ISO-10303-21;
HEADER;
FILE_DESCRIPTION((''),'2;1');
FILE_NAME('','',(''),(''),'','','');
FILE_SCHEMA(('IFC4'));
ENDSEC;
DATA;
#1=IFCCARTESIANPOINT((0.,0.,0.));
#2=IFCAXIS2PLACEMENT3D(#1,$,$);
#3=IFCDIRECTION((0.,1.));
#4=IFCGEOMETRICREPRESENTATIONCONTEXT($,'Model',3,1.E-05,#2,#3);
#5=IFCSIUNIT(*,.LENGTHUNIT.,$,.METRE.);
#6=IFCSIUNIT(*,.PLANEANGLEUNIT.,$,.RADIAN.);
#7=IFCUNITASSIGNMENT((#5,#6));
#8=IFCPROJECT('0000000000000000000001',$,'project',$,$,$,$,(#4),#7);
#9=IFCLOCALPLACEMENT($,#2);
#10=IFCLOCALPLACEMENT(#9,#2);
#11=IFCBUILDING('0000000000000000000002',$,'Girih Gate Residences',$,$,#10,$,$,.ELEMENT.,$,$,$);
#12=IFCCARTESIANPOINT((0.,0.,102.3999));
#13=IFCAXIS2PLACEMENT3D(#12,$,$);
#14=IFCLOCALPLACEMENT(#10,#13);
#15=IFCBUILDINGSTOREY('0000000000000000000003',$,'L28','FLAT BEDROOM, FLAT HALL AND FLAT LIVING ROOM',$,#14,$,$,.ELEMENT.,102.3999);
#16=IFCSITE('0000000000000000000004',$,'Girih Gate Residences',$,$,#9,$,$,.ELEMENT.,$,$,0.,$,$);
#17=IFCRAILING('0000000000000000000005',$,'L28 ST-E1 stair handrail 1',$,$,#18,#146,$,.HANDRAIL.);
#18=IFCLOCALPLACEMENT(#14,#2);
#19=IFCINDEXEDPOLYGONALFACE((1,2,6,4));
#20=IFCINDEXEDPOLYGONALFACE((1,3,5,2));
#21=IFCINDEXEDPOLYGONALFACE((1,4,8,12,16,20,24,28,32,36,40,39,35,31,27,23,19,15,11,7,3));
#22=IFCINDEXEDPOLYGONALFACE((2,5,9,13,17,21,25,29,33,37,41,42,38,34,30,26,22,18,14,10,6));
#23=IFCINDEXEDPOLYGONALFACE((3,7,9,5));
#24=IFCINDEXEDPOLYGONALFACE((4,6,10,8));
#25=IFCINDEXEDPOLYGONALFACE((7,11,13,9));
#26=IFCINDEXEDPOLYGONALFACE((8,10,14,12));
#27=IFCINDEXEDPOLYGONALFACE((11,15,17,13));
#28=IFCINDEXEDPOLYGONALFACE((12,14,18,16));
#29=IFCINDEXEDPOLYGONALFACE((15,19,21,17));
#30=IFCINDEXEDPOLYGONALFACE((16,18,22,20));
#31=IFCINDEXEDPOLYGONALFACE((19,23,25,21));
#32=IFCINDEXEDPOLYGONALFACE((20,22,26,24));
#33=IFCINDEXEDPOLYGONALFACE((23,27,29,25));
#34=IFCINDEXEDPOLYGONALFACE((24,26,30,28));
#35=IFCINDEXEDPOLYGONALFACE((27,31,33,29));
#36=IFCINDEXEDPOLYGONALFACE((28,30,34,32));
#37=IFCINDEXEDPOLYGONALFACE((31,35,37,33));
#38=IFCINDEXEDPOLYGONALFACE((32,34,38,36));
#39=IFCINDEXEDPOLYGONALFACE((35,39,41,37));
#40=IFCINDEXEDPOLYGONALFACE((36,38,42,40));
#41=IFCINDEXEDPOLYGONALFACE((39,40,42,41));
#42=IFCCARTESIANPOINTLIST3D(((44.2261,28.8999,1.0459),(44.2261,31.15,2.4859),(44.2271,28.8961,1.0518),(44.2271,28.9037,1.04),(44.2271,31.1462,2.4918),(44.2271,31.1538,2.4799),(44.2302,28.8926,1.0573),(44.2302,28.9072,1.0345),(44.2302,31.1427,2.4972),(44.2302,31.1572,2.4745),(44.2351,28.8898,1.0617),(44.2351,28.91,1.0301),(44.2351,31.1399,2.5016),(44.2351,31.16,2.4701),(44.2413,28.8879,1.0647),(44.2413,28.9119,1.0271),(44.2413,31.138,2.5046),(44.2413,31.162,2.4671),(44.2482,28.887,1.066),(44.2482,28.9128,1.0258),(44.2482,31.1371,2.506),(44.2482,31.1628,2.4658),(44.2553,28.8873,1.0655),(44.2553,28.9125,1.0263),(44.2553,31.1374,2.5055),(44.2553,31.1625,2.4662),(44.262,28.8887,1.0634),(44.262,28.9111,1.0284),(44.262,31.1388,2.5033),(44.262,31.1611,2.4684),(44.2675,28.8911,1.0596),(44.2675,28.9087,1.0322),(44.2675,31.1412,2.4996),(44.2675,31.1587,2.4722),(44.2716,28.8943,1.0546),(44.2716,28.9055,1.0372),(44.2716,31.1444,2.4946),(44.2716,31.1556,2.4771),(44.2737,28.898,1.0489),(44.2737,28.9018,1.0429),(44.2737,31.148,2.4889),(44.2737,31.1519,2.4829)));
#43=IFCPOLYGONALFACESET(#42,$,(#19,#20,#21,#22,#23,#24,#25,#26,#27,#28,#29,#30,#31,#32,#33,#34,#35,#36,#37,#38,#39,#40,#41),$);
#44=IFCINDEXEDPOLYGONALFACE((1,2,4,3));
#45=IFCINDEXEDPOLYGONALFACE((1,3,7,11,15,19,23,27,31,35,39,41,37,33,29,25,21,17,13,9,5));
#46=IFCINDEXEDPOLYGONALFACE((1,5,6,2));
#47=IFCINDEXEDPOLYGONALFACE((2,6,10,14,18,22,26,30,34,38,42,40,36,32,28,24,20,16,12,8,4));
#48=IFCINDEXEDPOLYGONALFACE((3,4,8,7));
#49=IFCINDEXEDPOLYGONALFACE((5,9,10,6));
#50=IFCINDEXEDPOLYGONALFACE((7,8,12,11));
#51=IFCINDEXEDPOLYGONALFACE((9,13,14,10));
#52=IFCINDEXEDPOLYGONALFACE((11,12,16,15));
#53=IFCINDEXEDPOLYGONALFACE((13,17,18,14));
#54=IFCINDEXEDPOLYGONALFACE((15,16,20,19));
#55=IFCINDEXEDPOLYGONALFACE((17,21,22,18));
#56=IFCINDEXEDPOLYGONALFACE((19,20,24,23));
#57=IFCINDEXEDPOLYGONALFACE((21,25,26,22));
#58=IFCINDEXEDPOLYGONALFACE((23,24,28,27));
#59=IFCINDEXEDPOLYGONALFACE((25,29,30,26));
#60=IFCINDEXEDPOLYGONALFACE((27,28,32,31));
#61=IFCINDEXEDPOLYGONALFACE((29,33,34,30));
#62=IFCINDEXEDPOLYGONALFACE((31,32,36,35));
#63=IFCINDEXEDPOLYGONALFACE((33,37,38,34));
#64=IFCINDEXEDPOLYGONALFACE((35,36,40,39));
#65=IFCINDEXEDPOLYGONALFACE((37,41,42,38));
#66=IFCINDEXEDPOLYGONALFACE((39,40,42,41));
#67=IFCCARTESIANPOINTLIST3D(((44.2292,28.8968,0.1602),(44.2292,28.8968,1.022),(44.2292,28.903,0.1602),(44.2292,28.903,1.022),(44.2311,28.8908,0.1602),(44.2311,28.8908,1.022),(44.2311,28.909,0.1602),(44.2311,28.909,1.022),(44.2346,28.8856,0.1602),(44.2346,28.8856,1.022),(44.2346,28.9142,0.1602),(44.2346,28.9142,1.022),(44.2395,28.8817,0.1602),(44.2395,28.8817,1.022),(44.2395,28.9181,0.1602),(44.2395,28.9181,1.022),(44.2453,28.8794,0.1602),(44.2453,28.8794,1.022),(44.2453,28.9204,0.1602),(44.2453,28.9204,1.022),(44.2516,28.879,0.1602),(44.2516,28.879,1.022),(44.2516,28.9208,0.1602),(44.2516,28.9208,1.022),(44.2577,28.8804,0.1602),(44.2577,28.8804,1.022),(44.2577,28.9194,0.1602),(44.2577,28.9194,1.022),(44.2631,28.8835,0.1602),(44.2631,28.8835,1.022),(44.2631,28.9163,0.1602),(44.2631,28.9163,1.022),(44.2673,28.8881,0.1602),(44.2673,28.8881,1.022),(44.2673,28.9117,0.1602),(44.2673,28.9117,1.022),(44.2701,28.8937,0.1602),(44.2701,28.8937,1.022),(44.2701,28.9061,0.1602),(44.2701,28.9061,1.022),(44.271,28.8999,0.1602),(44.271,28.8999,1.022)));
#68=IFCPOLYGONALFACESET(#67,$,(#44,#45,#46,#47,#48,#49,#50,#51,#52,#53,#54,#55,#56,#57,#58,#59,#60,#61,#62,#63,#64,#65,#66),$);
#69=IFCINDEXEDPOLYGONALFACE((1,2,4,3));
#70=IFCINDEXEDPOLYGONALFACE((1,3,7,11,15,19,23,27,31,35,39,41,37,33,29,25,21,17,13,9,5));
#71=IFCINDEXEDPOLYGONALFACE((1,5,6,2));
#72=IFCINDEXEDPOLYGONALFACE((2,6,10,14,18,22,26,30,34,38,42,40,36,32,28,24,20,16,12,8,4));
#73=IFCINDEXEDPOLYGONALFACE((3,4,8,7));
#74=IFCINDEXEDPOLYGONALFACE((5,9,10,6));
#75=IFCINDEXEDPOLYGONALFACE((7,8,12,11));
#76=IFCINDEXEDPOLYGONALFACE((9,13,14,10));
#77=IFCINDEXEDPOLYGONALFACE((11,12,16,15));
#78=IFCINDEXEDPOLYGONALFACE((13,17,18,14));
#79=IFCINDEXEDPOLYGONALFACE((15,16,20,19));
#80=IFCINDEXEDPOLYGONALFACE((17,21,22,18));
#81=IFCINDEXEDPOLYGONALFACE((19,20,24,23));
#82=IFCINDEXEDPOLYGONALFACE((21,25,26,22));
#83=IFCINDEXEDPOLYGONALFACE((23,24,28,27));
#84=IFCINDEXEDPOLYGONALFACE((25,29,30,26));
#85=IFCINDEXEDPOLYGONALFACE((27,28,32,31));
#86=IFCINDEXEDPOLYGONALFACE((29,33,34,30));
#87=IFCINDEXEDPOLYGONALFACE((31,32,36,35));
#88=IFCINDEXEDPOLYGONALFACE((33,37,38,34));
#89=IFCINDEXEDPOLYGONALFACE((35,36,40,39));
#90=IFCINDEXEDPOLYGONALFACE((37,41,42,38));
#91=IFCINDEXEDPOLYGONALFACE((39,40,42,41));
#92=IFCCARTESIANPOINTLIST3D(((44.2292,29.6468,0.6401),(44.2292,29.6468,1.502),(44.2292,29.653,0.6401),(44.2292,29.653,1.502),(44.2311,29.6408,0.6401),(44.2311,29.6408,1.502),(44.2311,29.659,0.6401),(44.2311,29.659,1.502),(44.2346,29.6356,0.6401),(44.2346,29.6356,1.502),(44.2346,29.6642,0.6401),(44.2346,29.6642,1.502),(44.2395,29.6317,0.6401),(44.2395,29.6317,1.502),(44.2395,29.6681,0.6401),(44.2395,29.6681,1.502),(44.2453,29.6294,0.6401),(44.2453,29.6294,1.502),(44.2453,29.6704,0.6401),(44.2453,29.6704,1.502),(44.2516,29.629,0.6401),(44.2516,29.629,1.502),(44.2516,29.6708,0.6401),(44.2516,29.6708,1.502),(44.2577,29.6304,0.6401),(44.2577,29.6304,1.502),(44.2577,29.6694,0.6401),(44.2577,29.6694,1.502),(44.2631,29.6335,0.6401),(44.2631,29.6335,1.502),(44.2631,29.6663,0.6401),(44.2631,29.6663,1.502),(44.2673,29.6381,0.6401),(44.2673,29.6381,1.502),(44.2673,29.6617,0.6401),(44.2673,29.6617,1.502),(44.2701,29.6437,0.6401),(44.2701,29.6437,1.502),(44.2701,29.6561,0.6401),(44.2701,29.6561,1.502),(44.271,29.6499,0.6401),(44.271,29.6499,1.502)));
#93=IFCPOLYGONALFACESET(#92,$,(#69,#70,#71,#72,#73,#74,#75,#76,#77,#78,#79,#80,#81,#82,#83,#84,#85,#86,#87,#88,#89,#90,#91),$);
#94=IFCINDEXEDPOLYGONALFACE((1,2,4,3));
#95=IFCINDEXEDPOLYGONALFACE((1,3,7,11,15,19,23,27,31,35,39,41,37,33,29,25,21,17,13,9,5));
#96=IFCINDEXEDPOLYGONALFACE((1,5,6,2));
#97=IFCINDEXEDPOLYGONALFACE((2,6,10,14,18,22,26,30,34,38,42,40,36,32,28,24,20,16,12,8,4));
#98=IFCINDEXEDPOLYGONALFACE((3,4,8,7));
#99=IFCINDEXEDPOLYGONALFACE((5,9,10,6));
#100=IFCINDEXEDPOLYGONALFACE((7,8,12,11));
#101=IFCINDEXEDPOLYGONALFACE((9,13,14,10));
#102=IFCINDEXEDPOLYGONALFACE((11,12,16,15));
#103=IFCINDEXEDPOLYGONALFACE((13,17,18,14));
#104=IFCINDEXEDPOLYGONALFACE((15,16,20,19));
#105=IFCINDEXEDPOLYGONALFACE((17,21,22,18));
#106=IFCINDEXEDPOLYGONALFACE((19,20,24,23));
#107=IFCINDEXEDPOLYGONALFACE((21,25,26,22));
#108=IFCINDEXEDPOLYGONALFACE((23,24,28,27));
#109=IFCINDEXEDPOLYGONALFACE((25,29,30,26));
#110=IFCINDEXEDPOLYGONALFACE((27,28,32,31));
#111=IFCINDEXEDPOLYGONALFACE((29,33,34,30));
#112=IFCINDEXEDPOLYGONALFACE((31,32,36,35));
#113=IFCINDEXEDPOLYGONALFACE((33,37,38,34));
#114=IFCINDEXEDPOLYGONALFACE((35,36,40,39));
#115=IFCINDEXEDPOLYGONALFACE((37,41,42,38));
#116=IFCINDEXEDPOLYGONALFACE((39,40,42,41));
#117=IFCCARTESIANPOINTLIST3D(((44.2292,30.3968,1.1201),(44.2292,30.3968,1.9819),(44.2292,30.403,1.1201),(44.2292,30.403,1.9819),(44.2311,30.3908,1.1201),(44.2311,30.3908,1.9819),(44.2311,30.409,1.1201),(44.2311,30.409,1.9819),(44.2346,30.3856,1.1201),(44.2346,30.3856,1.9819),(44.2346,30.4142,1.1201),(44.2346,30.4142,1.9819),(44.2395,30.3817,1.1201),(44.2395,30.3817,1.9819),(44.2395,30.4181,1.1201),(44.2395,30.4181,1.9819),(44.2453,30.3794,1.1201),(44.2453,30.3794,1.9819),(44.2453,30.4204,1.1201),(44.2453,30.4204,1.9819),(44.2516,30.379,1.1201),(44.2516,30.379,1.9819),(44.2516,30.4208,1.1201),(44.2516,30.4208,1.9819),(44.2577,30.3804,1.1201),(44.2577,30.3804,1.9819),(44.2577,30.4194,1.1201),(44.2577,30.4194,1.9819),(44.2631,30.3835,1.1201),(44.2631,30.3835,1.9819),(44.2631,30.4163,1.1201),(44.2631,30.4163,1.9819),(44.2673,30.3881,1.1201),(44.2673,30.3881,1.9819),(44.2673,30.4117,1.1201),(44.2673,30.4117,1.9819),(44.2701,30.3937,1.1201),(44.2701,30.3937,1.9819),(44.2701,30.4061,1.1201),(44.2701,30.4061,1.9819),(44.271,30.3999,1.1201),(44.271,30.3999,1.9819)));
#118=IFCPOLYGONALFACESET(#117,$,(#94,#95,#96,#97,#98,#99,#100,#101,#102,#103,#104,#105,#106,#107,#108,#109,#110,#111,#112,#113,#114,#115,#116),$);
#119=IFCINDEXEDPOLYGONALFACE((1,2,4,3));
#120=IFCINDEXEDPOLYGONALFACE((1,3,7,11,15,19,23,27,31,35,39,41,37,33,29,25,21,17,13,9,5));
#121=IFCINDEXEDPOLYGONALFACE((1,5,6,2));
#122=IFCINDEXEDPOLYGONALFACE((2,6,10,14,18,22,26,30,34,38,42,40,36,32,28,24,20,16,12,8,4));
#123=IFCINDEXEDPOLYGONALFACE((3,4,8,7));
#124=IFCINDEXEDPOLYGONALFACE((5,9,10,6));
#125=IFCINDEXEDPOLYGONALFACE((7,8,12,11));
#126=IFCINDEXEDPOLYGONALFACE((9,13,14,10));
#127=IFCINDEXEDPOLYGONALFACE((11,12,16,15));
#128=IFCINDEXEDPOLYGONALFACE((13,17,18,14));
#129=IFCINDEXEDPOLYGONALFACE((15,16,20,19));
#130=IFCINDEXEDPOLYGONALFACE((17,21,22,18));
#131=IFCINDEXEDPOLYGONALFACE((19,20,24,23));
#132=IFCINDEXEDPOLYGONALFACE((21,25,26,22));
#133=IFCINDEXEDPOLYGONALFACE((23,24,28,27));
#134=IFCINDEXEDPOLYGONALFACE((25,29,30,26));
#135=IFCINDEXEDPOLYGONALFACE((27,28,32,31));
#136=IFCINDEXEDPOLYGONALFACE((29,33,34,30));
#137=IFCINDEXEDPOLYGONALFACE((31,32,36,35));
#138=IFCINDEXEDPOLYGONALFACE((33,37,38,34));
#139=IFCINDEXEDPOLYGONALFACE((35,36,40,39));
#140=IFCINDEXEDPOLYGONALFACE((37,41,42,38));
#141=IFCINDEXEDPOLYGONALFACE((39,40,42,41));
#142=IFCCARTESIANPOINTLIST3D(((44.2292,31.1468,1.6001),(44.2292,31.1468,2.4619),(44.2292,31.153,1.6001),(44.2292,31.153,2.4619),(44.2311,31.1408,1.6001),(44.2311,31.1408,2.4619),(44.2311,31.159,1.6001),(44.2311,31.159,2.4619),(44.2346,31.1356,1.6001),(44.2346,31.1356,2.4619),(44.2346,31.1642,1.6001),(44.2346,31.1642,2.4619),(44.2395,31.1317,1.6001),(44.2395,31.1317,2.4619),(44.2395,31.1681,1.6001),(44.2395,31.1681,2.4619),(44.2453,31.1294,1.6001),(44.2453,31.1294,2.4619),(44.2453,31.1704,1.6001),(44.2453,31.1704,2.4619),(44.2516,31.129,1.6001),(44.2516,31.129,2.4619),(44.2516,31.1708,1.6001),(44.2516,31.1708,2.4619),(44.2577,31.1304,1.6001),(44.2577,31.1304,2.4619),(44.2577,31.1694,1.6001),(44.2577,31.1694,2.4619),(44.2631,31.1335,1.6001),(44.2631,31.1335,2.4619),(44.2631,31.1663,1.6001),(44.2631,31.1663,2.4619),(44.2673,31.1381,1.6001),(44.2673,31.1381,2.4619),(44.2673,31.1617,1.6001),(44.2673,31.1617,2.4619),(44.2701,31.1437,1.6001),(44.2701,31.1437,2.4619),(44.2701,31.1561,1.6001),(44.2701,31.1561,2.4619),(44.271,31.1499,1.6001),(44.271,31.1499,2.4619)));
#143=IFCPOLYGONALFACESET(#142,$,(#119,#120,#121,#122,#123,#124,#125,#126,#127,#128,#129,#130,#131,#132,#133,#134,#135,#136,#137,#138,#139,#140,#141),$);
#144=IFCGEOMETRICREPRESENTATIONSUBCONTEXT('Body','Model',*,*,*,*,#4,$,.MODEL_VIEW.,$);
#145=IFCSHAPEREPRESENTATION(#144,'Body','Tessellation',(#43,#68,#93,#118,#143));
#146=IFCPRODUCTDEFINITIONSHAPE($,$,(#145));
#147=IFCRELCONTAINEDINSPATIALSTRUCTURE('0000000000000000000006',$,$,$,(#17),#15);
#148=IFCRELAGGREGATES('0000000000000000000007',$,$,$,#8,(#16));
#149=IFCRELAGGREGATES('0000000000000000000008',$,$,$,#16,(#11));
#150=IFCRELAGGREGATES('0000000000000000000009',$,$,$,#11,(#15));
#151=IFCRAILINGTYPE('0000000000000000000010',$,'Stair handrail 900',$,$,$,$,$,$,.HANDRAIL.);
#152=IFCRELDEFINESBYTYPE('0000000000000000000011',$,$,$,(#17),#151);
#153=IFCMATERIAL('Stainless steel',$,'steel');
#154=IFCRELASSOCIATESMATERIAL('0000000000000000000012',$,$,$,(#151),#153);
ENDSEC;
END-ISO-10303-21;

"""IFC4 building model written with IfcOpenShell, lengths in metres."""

from ifc_helpers import new_model, si_unit, direction, frame, origin, origin_2d, place, context, subcontext, project, spatial, circle, extrude, material, type_object, element, save


model = new_model("IFC4")

# Units and contexts
model_context = context("Model", 3, precision=1e-05, world=origin(), true_north=direction((0.0, 1.0)))
body_context = subcontext(model_context, "Body", "Model", "MODEL_VIEW")
ifc_project = project(units=[si_unit("LENGTHUNIT", "METRE"), si_unit("PLANEANGLEUNIT", "RADIAN")], contexts=[model_context])

# Site, building, storey
site_placement = place(None, origin())
site = spatial("IfcSite", under=ifc_project, at=site_placement, Name="Girih Gate Residences", CompositionType="ELEMENT", RefElevation=0.0)
building_placement = place(site_placement, origin())
building = spatial("IfcBuilding", under=site, at=building_placement, Name="Girih Gate Residences", CompositionType="ELEMENT")
storey_placement = place(building_placement, frame((0.0, 0.0, 102.3999)))
storey = spatial("IfcBuildingStorey", under=building, at=storey_placement, Name="L28", Description="FLAT BEDROOM, FLAT HALL AND FLAT LIVING ROOM", CompositionType="ELEMENT", Elevation=102.3999)

# Railing
ifc_material_1 = material(Name="Stainless steel", Category="steel")
railing_type_1 = type_object("IfcRailingType", Name="Stair handrail 900", PredefinedType="HANDRAIL", material=ifc_material_1)
railing_1_placement = place(storey_placement, frame((44.25, 28.8999, 0.1602)))
element("IfcRailing", 1, at=railing_1_placement, inside=storey, type_object=railing_type_1, Name="L28 ST-E1 stair handrail 1", PredefinedType="HANDRAIL", context=body_context, shape_type="SweptSolid", body=[
    extrude(circle(Radius=0.0239, at=origin_2d()), frame((0.0, 0.0, 0.8857), z_axis=(0.0, 0.842281, 0.539038), x_axis=(-1.0, 0.0, 0.0)), (0.0, 0.0, 1.0), 2.6714),
    extrude(circle(Radius=0.021, at=origin_2d()), origin(), (0.0, 0.0, 1.0), 0.8618),
    extrude(circle(Radius=0.021, at=origin_2d()), frame((0.0, 0.75, 0.48)), (0.0, 0.0, 1.0), 0.8618),
    extrude(circle(Radius=0.021, at=origin_2d()), frame((0.0, 1.5, 0.96)), (0.0, 0.0, 1.0), 0.8618),
    extrude(circle(Radius=0.021, at=origin_2d()), frame((0.0, 2.25, 1.4399)), (0.0, 0.0, 1.0), 0.8618),
])

save(model, "model.ifc")
